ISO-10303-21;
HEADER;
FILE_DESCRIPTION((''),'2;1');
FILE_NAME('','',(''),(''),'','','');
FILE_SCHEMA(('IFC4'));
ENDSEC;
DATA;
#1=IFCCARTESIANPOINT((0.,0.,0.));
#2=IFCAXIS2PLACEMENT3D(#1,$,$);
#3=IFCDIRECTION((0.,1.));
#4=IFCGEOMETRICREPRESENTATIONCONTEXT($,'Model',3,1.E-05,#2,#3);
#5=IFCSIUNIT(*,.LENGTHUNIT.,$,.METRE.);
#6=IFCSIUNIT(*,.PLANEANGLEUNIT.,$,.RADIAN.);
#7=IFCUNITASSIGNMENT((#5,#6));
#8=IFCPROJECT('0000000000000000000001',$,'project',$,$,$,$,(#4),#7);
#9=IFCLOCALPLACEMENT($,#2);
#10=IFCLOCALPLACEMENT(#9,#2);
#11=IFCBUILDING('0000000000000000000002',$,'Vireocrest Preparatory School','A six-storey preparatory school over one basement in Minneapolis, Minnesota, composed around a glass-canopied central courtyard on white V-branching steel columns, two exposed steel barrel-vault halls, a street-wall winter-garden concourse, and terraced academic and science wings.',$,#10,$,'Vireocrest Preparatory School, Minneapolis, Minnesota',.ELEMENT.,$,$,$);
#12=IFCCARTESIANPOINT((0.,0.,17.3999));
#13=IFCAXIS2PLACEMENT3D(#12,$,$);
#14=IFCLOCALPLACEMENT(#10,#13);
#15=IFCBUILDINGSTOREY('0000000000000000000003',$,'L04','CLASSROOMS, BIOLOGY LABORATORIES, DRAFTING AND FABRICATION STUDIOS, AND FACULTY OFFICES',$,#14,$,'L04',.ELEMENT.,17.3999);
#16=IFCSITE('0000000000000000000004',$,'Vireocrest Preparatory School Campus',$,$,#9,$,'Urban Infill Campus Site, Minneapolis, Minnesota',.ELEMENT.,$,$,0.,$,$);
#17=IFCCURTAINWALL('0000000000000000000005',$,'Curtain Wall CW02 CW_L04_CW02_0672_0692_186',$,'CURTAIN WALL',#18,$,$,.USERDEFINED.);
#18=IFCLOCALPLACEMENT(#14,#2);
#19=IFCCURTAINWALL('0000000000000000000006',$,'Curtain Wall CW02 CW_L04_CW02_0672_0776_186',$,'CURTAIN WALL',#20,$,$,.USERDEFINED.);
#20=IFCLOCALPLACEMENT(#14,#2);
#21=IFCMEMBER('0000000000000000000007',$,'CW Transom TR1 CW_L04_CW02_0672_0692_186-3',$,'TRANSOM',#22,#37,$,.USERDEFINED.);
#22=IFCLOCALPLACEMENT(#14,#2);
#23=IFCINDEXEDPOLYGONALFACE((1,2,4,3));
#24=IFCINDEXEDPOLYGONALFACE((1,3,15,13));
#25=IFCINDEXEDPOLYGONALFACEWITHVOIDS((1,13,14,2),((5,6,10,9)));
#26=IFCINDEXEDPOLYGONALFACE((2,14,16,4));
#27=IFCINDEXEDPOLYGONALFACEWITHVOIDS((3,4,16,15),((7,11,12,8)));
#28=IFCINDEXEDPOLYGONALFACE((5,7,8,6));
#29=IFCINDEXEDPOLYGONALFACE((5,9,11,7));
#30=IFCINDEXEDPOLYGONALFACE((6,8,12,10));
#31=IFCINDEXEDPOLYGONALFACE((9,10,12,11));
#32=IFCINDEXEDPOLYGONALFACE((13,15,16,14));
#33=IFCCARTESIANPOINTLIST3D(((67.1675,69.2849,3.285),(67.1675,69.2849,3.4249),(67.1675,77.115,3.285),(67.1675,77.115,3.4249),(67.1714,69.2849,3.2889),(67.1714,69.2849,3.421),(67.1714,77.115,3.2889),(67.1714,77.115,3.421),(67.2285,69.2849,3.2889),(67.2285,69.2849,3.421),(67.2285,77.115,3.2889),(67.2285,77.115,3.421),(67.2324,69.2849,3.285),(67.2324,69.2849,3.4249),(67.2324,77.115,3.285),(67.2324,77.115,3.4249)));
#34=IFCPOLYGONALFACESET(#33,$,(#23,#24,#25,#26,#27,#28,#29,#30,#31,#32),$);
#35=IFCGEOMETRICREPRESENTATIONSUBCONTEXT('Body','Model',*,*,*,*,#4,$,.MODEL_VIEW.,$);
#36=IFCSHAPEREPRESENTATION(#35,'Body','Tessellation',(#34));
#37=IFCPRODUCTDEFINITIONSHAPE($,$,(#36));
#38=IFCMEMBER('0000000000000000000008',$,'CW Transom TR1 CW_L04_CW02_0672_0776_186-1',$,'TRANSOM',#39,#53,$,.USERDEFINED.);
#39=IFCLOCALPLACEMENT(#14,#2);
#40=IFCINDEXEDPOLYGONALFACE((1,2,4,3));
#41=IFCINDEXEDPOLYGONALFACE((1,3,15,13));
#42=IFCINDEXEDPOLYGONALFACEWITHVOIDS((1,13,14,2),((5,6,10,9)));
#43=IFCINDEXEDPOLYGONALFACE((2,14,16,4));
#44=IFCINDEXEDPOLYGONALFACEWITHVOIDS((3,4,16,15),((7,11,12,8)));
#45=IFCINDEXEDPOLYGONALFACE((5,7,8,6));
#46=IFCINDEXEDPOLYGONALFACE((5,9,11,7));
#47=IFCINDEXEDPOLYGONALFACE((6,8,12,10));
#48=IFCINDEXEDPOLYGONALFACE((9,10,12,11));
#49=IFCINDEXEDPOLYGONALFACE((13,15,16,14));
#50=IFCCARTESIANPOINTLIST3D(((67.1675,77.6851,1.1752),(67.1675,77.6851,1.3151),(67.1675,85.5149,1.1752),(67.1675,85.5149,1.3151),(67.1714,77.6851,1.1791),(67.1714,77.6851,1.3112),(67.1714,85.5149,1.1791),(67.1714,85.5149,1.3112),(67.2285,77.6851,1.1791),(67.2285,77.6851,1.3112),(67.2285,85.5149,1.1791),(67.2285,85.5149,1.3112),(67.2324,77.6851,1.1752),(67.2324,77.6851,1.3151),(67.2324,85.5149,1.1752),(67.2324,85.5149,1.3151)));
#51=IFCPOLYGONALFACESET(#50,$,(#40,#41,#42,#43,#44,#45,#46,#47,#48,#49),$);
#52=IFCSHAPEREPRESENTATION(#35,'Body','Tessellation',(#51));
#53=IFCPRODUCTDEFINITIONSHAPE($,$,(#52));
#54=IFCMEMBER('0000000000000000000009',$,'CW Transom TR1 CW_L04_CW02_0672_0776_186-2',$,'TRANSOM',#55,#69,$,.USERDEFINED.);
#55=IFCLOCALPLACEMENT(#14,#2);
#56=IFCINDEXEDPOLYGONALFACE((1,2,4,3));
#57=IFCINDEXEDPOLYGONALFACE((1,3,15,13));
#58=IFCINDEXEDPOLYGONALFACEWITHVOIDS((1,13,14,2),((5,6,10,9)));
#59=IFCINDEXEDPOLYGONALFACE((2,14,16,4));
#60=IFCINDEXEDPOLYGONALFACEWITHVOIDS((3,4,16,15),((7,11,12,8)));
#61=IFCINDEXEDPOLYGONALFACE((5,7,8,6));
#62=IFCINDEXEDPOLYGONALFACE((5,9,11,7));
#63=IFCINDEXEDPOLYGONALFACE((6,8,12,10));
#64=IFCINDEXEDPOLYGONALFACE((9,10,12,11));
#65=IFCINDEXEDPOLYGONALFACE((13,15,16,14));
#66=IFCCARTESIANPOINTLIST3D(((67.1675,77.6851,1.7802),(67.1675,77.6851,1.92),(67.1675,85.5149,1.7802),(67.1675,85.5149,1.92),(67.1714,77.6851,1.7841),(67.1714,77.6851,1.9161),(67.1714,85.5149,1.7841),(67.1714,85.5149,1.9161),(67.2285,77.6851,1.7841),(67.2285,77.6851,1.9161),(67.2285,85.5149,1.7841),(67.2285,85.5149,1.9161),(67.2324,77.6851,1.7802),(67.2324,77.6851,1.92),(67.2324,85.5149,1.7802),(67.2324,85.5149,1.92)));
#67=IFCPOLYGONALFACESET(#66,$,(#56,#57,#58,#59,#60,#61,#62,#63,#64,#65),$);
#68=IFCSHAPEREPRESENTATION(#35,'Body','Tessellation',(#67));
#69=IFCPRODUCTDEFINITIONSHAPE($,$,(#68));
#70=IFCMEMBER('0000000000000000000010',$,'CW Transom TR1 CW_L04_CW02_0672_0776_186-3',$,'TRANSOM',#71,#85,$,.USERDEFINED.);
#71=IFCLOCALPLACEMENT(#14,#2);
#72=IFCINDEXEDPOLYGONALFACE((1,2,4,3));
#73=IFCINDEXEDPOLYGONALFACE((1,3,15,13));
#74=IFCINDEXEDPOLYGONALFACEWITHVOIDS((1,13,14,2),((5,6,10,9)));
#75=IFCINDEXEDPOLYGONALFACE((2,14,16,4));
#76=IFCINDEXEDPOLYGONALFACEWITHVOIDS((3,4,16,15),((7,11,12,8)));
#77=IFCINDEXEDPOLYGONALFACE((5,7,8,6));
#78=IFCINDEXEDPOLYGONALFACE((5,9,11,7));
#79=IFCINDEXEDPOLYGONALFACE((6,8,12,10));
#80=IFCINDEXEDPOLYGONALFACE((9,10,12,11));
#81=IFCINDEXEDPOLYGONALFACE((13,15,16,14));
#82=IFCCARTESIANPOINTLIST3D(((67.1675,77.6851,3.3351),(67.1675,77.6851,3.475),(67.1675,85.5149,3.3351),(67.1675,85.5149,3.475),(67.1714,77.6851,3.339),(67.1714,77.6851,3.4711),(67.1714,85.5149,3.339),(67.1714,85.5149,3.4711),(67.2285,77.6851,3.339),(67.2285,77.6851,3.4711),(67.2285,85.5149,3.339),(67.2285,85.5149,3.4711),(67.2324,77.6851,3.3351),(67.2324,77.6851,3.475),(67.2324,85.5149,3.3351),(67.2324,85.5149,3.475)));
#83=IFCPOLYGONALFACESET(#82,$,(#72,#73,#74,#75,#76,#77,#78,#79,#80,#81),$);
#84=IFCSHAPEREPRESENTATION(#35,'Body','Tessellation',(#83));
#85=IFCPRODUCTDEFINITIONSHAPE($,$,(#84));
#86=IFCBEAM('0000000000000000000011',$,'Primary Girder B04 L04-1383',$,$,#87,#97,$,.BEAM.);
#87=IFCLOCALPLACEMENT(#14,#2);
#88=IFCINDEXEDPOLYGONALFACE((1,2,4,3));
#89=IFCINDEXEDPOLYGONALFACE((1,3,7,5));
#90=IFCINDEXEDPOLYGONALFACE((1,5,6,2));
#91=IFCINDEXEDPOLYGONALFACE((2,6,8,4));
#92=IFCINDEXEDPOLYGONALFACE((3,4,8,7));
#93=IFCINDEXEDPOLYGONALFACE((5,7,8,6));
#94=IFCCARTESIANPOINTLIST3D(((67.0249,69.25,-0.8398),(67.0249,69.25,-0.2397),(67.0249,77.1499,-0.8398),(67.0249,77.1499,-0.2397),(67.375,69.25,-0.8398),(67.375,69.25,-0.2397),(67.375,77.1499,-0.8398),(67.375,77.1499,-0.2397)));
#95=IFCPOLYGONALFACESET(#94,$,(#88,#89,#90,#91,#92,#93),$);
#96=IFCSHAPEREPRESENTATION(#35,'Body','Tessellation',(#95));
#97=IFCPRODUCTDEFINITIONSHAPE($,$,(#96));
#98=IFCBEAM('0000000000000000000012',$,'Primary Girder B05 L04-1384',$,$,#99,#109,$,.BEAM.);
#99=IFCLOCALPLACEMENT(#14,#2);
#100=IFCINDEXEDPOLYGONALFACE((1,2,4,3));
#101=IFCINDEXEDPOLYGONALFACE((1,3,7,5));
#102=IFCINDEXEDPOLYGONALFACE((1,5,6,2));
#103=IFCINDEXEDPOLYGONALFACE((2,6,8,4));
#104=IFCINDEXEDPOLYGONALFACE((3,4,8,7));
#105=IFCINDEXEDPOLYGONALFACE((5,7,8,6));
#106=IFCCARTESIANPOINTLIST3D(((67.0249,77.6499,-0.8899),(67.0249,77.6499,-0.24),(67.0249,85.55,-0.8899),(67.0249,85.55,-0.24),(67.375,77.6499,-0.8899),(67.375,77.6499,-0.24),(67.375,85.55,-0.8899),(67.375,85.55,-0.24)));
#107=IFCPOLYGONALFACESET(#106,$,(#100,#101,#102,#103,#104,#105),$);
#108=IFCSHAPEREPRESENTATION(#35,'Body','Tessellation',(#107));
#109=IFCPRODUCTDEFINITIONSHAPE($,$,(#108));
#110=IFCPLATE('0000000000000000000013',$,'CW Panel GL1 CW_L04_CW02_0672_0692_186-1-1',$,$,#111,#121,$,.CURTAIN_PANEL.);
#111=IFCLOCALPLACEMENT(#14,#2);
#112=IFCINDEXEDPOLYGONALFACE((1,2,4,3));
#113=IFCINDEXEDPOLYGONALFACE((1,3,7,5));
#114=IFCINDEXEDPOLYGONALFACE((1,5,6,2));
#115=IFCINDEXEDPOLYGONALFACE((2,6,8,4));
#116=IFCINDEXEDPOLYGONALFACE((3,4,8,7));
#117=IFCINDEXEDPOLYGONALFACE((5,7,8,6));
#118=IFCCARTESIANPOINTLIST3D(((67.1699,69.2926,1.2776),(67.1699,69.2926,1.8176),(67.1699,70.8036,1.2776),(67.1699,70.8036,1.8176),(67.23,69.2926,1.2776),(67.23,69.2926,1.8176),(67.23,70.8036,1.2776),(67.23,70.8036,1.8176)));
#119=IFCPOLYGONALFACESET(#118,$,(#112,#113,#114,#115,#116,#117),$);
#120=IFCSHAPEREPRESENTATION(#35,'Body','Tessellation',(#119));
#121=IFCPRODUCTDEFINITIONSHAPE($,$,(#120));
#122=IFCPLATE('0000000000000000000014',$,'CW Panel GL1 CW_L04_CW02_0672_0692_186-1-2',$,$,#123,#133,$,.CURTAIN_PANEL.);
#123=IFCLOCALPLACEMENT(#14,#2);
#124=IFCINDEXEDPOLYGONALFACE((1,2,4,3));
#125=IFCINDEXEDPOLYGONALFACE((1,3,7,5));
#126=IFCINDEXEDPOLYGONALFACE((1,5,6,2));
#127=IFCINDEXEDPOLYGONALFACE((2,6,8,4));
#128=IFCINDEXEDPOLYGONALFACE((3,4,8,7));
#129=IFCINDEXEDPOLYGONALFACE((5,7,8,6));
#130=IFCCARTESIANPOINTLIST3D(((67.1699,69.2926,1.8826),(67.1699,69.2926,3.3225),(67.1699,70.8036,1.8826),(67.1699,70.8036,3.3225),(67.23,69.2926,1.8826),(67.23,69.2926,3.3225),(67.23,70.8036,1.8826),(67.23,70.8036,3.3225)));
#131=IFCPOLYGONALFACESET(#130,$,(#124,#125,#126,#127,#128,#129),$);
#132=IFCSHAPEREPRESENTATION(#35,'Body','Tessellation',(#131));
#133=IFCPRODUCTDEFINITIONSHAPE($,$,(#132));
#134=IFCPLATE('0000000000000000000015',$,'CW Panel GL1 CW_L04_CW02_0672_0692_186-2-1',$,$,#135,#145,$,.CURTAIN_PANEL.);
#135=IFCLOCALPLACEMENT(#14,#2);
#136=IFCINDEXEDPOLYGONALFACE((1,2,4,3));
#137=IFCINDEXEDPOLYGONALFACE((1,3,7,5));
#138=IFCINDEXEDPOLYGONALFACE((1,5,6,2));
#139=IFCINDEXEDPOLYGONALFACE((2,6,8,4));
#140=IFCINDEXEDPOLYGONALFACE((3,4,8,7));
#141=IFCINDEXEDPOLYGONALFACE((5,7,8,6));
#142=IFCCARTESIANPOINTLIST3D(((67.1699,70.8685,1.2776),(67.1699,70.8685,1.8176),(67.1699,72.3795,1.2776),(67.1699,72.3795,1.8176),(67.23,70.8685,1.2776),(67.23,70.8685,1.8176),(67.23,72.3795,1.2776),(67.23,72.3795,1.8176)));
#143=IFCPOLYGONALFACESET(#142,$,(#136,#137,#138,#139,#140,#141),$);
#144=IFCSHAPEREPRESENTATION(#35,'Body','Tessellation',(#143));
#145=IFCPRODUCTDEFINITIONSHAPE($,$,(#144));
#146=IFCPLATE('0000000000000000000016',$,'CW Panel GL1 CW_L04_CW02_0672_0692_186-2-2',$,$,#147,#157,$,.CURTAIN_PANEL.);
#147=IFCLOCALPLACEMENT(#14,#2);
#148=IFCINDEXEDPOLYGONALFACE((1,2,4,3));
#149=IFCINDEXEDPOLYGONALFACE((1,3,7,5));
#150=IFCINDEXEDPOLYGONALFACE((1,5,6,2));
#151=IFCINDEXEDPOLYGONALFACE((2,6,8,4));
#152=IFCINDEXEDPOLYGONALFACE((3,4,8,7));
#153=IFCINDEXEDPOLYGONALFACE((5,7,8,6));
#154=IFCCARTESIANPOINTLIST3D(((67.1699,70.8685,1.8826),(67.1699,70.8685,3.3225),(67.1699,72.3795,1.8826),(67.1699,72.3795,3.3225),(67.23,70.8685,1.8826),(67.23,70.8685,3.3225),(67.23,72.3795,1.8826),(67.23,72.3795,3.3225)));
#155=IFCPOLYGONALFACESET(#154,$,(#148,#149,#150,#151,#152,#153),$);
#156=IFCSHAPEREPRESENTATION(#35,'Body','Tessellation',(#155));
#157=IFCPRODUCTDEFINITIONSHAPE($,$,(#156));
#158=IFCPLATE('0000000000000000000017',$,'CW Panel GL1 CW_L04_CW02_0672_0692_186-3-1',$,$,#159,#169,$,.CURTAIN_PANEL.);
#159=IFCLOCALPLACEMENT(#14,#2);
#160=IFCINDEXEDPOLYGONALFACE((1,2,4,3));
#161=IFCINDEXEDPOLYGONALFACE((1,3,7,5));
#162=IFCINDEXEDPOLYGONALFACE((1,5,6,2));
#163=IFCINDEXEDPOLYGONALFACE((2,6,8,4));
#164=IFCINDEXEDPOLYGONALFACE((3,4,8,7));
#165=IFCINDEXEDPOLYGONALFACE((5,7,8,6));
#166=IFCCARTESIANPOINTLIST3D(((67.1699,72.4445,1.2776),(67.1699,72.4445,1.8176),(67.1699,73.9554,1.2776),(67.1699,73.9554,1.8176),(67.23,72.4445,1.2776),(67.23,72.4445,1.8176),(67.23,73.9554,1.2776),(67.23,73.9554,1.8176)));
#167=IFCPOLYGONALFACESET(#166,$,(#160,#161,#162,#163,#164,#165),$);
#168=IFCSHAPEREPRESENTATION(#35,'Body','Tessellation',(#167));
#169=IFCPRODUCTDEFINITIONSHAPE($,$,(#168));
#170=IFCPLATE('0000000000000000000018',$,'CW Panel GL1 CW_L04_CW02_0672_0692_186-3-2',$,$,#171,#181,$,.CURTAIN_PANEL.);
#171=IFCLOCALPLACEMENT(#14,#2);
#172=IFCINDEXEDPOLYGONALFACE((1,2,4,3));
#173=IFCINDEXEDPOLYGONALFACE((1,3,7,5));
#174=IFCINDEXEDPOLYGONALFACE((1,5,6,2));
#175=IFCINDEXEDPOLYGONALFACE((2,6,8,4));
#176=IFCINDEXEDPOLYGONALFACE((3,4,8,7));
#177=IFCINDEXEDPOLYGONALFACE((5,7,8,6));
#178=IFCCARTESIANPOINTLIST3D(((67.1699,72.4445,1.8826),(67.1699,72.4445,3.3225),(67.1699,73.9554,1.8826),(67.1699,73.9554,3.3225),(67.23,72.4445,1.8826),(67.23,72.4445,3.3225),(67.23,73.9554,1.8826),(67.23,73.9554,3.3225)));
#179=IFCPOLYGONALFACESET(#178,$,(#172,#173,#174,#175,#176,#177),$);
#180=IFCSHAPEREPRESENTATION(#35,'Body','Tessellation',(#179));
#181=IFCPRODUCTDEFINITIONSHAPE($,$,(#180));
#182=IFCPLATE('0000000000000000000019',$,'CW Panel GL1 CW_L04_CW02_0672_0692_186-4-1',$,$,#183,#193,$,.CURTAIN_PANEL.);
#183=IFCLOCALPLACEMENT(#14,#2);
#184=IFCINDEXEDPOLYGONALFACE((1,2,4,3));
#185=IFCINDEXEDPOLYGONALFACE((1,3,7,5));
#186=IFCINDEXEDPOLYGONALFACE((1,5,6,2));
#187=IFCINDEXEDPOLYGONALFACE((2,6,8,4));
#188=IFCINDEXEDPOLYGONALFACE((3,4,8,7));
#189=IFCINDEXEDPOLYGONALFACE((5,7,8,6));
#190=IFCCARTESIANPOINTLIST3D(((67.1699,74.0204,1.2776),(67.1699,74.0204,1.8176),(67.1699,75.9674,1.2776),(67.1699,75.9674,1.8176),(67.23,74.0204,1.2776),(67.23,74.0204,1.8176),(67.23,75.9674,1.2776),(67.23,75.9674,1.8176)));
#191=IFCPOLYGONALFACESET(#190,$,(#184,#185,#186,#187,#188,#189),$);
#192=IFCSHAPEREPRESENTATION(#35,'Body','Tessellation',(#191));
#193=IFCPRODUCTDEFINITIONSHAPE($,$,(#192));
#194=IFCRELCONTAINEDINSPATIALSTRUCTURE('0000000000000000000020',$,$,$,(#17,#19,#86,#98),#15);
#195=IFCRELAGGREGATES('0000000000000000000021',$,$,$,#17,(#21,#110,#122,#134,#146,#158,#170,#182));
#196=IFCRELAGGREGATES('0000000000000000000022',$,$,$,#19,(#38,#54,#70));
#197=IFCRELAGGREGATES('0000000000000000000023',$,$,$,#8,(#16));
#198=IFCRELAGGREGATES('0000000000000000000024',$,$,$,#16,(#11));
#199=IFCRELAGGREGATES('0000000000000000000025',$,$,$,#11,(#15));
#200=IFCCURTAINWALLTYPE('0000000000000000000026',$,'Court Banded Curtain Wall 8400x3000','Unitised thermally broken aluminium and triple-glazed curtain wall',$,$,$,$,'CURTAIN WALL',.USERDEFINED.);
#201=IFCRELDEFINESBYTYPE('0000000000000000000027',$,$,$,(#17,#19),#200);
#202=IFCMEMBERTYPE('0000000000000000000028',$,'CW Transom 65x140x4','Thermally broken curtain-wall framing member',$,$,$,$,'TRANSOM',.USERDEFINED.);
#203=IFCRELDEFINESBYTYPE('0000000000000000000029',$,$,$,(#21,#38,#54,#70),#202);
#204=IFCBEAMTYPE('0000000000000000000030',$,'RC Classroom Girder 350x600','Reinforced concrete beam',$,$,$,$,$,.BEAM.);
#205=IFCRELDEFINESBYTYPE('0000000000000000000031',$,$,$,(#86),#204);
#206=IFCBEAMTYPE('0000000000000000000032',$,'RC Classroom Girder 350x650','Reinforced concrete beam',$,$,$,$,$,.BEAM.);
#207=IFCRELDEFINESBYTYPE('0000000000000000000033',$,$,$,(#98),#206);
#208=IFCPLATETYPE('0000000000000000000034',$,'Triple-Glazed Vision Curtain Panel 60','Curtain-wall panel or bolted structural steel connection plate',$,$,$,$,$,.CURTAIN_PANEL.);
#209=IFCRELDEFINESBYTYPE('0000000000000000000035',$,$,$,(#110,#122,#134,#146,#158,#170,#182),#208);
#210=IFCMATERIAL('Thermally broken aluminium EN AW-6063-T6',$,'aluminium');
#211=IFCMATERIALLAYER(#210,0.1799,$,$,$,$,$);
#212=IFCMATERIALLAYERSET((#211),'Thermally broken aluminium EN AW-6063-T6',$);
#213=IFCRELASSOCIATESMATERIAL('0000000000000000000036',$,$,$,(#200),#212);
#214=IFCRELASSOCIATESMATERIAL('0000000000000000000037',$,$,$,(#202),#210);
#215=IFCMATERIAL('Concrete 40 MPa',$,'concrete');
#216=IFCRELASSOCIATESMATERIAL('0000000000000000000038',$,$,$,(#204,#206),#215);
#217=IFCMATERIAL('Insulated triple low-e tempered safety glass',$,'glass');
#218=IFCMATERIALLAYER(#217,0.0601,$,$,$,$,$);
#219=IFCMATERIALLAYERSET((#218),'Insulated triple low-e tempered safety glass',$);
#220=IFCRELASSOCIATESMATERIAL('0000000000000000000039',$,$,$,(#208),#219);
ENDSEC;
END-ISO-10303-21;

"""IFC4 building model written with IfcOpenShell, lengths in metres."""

from ifc_helpers import new_model, si_unit, direction, frame, origin, origin_2d, place, context, subcontext, project, spatial, rectangle, hollow_rectangle, extrude, material, layer, layer_set, material_profile, profile_set, type_object, element, aggregate, save


model = new_model("IFC4")

# Units and contexts
model_context = context("Model", 3, precision=1e-05, world=origin(), true_north=direction((0.0, 1.0)))
body_context = subcontext(model_context, "Body", "Model", "MODEL_VIEW")
ifc_project = project(units=[si_unit("LENGTHUNIT", "METRE"), si_unit("PLANEANGLEUNIT", "RADIAN")], contexts=[model_context])

# Site, building, storey
site_placement = place(None, origin())
site = spatial("IfcSite", under=ifc_project, at=site_placement, Name="Vireocrest Preparatory School Campus", LongName="Urban Infill Campus Site, Minneapolis, Minnesota", CompositionType="ELEMENT", RefElevation=0.0)
building_placement = place(site_placement, origin())
building = spatial("IfcBuilding", under=site, at=building_placement, Name="Vireocrest Preparatory School", Description="A six-storey preparatory school over one basement in Minneapolis, Minnesota, composed around a glass-canopied central courtyard on white V-branching steel columns, two exposed steel barrel-vault halls, a street-wall winter-garden concourse, and terraced academic and science wings.", LongName="Vireocrest Preparatory School, Minneapolis, Minnesota", CompositionType="ELEMENT")
storey_placement = place(building_placement, frame((0.0, 0.0, 17.3999)))
storey = spatial("IfcBuildingStorey", under=building, at=storey_placement, Name="L04", Description="CLASSROOMS, BIOLOGY LABORATORIES, DRAFTING AND FABRICATION STUDIOS, AND FACULTY OFFICES", LongName="L04", CompositionType="ELEMENT", Elevation=17.3999)

# Curtain walls
ifc_material_1 = material(Name="Thermally broken aluminium EN AW-6063-T6", Category="aluminium")
ifc_layer_1 = layer(ifc_material_1, 0.1799)
ifc_layer_set_1 = layer_set([ifc_layer_1], Name="Thermally broken aluminium EN AW-6063-T6")
curtain_wall_type = type_object("IfcCurtainWallType", Name="Court Banded Curtain Wall 8400x3000", Description="Unitised thermally broken aluminium and triple-glazed curtain wall", ElementType="CURTAIN WALL", PredefinedType="USERDEFINED", material=ifc_layer_set_1)
curtain_wall_1_placement = place(storey_placement, origin())
curtain_wall_1 = element("IfcCurtainWall", 1, at=curtain_wall_1_placement, inside=storey, type_object=curtain_wall_type, Name="Curtain Wall CW02 CW_L04_CW02_0672_0692_186", ObjectType="CURTAIN WALL", PredefinedType="USERDEFINED")
curtain_wall_2_placement = place(storey_placement, origin())
curtain_wall_2 = element("IfcCurtainWall", 2, at=curtain_wall_2_placement, inside=storey, type_object=curtain_wall_type, Name="Curtain Wall CW02 CW_L04_CW02_0672_0776_186", ObjectType="CURTAIN WALL", PredefinedType="USERDEFINED")

# Members
ifc_material_profile_1 = material_profile(ifc_material_1, hollow_rectangle(XDim=0.0649, YDim=0.1399, WallThickness=0.0039, at=origin_2d()), Name="ALU 65x140x4")
ifc_profile_set_1 = profile_set([ifc_material_profile_1], Name="Thermally broken aluminium EN AW-6063-T6")
member_type_1 = type_object("IfcMemberType", Name="CW Transom 65x140x4", Description="Thermally broken curtain-wall framing member", ElementType="TRANSOM", PredefinedType="USERDEFINED", material=ifc_profile_set_1)
member_1_placement = place(storey_placement, frame((67.2, 69.2849, 3.355), z_axis=(0.0, 1.0, 0.0), x_axis=(-1.0, 0.0, 0.0)))
member_1 = element("IfcMember", 3, at=member_1_placement, type_object=member_type_1, Name="CW Transom TR1 CW_L04_CW02_0672_0692_186-3", ObjectType="TRANSOM", PredefinedType="USERDEFINED", context=body_context, shape_type="SweptSolid", body=[
    extrude(hollow_rectangle(XDim=0.0649, YDim=0.1399, WallThickness=0.0039, at=origin_2d()), origin(), (0.0, 0.0, 1.0), 7.8301),
])
member_2_placement = place(storey_placement, frame((67.2, 77.6851, 1.2451), z_axis=(0.0, 1.0, 0.0), x_axis=(-1.0, 0.0, 0.0)))
member_2 = element("IfcMember", 4, at=member_2_placement, type_object=member_type_1, Name="CW Transom TR1 CW_L04_CW02_0672_0776_186-1", ObjectType="TRANSOM", PredefinedType="USERDEFINED", context=body_context, shape_type="SweptSolid", body=[
    extrude(hollow_rectangle(XDim=0.0649, YDim=0.1399, WallThickness=0.0039, at=origin_2d()), origin(), (0.0, 0.0, 1.0), 7.8298),
])
member_3_placement = place(storey_placement, frame((67.2, 77.6851, 1.8501), z_axis=(0.0, 1.0, 0.0), x_axis=(-1.0, 0.0, 0.0)))
member_3 = element("IfcMember", 5, at=member_3_placement, type_object=member_type_1, Name="CW Transom TR1 CW_L04_CW02_0672_0776_186-2", ObjectType="TRANSOM", PredefinedType="USERDEFINED", context=body_context, shape_type="SweptSolid", body=[
    extrude(hollow_rectangle(XDim=0.0649, YDim=0.1399, WallThickness=0.0039, at=origin_2d()), origin(), (0.0, 0.0, 1.0), 7.8298),
])
member_4_placement = place(storey_placement, frame((67.2, 77.6851, 3.405), z_axis=(0.0, 1.0, 0.0), x_axis=(-1.0, 0.0, 0.0)))
member_4 = element("IfcMember", 6, at=member_4_placement, type_object=member_type_1, Name="CW Transom TR1 CW_L04_CW02_0672_0776_186-3", ObjectType="TRANSOM", PredefinedType="USERDEFINED", context=body_context, shape_type="SweptSolid", body=[
    extrude(hollow_rectangle(XDim=0.0649, YDim=0.1399, WallThickness=0.0039, at=origin_2d()), origin(), (0.0, 0.0, 1.0), 7.8298),
])

# Beams
ifc_material_2 = material(Name="Concrete 40 MPa", Category="concrete")
ifc_material_profile_2 = material_profile(ifc_material_2, rectangle(XDim=0.3501, YDim=0.6001, at=origin_2d()), Name="RC 350x600")
ifc_profile_set_2 = profile_set([ifc_material_profile_2], Name="Concrete 40 MPa")
beam_type_1 = type_object("IfcBeamType", Name="RC Classroom Girder 350x600", Description="Reinforced concrete beam", PredefinedType="BEAM", material=ifc_profile_set_2)
beam_1_placement = place(storey_placement, frame((67.2, 69.25, -0.5398), z_axis=(0.0, 1.0, 0.0), x_axis=(-1.0, 0.0, 0.0)))
element("IfcBeam", 7, at=beam_1_placement, inside=storey, type_object=beam_type_1, Name="Primary Girder B04 L04-1383", PredefinedType="BEAM", context=body_context, shape_type="SweptSolid", body=[
    extrude(rectangle(XDim=0.3501, YDim=0.6001, at=origin_2d()), origin(), (0.0, 0.0, 1.0), 7.8999),
])
ifc_material_profile_3 = material_profile(ifc_material_2, rectangle(XDim=0.3501, YDim=0.6499, at=origin_2d()), Name="RC 350x650")
ifc_profile_set_3 = profile_set([ifc_material_profile_3], Name="Concrete 40 MPa")
beam_type_2 = type_object("IfcBeamType", Name="RC Classroom Girder 350x650", Description="Reinforced concrete beam", PredefinedType="BEAM", material=ifc_profile_set_3)
beam_2_placement = place(storey_placement, frame((67.2, 77.6499, -0.5649), z_axis=(0.0, 1.0, 0.0), x_axis=(-1.0, 0.0, 0.0)))
element("IfcBeam", 8, at=beam_2_placement, inside=storey, type_object=beam_type_2, Name="Primary Girder B05 L04-1384", PredefinedType="BEAM", context=body_context, shape_type="SweptSolid", body=[
    extrude(rectangle(XDim=0.3501, YDim=0.6499, at=origin_2d()), origin(), (0.0, 0.0, 1.0), 7.9001),
])

# Plates
ifc_material_3 = material(Name="Insulated triple low-e tempered safety glass", Category="glass")
ifc_layer_2 = layer(ifc_material_3, 0.0601)
ifc_layer_set_2 = layer_set([ifc_layer_2], Name="Insulated triple low-e tempered safety glass")
plate_type = type_object("IfcPlateType", Name="Triple-Glazed Vision Curtain Panel 60", Description="Curtain-wall panel or bolted structural steel connection plate", PredefinedType="CURTAIN_PANEL", material=ifc_layer_set_2)
plate_1_placement = place(storey_placement, frame((67.2, 70.0481, 1.2776), z_axis=(0.0, 0.0, 1.0), x_axis=(0.0, 1.0, 0.0)))
plate_1 = element("IfcPlate", 9, at=plate_1_placement, type_object=plate_type, Name="CW Panel GL1 CW_L04_CW02_0672_0692_186-1-1", PredefinedType="CURTAIN_PANEL", context=body_context, shape_type="SweptSolid", body=[
    extrude(rectangle(XDim=1.511, YDim=0.0601, at=origin_2d()), origin(), (0.0, 0.0, 1.0), 0.54),
])
plate_2_placement = place(storey_placement, frame((67.2, 70.0481, 1.8826), z_axis=(0.0, 0.0, 1.0), x_axis=(0.0, 1.0, 0.0)))
plate_2 = element("IfcPlate", 10, at=plate_2_placement, type_object=plate_type, Name="CW Panel GL1 CW_L04_CW02_0672_0692_186-1-2", PredefinedType="CURTAIN_PANEL", context=body_context, shape_type="SweptSolid", body=[
    extrude(rectangle(XDim=1.511, YDim=0.0601, at=origin_2d()), origin(), (0.0, 0.0, 1.0), 1.4399),
])
plate_3_placement = place(storey_placement, frame((67.2, 71.624, 1.2776), z_axis=(0.0, 0.0, 1.0), x_axis=(0.0, 1.0, 0.0)))
plate_3 = element("IfcPlate", 11, at=plate_3_placement, type_object=plate_type, Name="CW Panel GL1 CW_L04_CW02_0672_0692_186-2-1", PredefinedType="CURTAIN_PANEL", context=body_context, shape_type="SweptSolid", body=[
    extrude(rectangle(XDim=1.511, YDim=0.0601, at=origin_2d()), origin(), (0.0, 0.0, 1.0), 0.54),
])
plate_4_placement = place(storey_placement, frame((67.2, 71.624, 1.8826), z_axis=(0.0, 0.0, 1.0), x_axis=(0.0, 1.0, 0.0)))
plate_4 = element("IfcPlate", 12, at=plate_4_placement, type_object=plate_type, Name="CW Panel GL1 CW_L04_CW02_0672_0692_186-2-2", PredefinedType="CURTAIN_PANEL", context=body_context, shape_type="SweptSolid", body=[
    extrude(rectangle(XDim=1.511, YDim=0.0601, at=origin_2d()), origin(), (0.0, 0.0, 1.0), 1.4399),
])
plate_5_placement = place(storey_placement, frame((67.2, 73.2, 1.2776), z_axis=(0.0, 0.0, 1.0), x_axis=(0.0, 1.0, 0.0)))
plate_5 = element("IfcPlate", 13, at=plate_5_placement, type_object=plate_type, Name="CW Panel GL1 CW_L04_CW02_0672_0692_186-3-1", PredefinedType="CURTAIN_PANEL", context=body_context, shape_type="SweptSolid", body=[
    extrude(rectangle(XDim=1.511, YDim=0.0601, at=origin_2d()), origin(), (0.0, 0.0, 1.0), 0.54),
])
plate_6_placement = place(storey_placement, frame((67.2, 73.2, 1.8826), z_axis=(0.0, 0.0, 1.0), x_axis=(0.0, 1.0, 0.0)))
plate_6 = element("IfcPlate", 14, at=plate_6_placement, type_object=plate_type, Name="CW Panel GL1 CW_L04_CW02_0672_0692_186-3-2", PredefinedType="CURTAIN_PANEL", context=body_context, shape_type="SweptSolid", body=[
    extrude(rectangle(XDim=1.511, YDim=0.0601, at=origin_2d()), origin(), (0.0, 0.0, 1.0), 1.4399),
])
plate_7_placement = place(storey_placement, frame((67.2, 74.9939, 1.2776), z_axis=(0.0, 0.0, 1.0), x_axis=(0.0, 1.0, 0.0)))
plate_7 = element("IfcPlate", 15, at=plate_7_placement, type_object=plate_type, Name="CW Panel GL1 CW_L04_CW02_0672_0692_186-4-1", PredefinedType="CURTAIN_PANEL", context=body_context, shape_type="SweptSolid", body=[
    extrude(rectangle(XDim=1.947, YDim=0.0601, at=origin_2d()), origin(), (0.0, 0.0, 1.0), 0.54),
])
aggregate(curtain_wall_1, [member_1, plate_1, plate_2, plate_3, plate_4, plate_5, plate_6, plate_7])
aggregate(curtain_wall_2, [member_2, member_3, member_4])

save(model, "model.ifc")
